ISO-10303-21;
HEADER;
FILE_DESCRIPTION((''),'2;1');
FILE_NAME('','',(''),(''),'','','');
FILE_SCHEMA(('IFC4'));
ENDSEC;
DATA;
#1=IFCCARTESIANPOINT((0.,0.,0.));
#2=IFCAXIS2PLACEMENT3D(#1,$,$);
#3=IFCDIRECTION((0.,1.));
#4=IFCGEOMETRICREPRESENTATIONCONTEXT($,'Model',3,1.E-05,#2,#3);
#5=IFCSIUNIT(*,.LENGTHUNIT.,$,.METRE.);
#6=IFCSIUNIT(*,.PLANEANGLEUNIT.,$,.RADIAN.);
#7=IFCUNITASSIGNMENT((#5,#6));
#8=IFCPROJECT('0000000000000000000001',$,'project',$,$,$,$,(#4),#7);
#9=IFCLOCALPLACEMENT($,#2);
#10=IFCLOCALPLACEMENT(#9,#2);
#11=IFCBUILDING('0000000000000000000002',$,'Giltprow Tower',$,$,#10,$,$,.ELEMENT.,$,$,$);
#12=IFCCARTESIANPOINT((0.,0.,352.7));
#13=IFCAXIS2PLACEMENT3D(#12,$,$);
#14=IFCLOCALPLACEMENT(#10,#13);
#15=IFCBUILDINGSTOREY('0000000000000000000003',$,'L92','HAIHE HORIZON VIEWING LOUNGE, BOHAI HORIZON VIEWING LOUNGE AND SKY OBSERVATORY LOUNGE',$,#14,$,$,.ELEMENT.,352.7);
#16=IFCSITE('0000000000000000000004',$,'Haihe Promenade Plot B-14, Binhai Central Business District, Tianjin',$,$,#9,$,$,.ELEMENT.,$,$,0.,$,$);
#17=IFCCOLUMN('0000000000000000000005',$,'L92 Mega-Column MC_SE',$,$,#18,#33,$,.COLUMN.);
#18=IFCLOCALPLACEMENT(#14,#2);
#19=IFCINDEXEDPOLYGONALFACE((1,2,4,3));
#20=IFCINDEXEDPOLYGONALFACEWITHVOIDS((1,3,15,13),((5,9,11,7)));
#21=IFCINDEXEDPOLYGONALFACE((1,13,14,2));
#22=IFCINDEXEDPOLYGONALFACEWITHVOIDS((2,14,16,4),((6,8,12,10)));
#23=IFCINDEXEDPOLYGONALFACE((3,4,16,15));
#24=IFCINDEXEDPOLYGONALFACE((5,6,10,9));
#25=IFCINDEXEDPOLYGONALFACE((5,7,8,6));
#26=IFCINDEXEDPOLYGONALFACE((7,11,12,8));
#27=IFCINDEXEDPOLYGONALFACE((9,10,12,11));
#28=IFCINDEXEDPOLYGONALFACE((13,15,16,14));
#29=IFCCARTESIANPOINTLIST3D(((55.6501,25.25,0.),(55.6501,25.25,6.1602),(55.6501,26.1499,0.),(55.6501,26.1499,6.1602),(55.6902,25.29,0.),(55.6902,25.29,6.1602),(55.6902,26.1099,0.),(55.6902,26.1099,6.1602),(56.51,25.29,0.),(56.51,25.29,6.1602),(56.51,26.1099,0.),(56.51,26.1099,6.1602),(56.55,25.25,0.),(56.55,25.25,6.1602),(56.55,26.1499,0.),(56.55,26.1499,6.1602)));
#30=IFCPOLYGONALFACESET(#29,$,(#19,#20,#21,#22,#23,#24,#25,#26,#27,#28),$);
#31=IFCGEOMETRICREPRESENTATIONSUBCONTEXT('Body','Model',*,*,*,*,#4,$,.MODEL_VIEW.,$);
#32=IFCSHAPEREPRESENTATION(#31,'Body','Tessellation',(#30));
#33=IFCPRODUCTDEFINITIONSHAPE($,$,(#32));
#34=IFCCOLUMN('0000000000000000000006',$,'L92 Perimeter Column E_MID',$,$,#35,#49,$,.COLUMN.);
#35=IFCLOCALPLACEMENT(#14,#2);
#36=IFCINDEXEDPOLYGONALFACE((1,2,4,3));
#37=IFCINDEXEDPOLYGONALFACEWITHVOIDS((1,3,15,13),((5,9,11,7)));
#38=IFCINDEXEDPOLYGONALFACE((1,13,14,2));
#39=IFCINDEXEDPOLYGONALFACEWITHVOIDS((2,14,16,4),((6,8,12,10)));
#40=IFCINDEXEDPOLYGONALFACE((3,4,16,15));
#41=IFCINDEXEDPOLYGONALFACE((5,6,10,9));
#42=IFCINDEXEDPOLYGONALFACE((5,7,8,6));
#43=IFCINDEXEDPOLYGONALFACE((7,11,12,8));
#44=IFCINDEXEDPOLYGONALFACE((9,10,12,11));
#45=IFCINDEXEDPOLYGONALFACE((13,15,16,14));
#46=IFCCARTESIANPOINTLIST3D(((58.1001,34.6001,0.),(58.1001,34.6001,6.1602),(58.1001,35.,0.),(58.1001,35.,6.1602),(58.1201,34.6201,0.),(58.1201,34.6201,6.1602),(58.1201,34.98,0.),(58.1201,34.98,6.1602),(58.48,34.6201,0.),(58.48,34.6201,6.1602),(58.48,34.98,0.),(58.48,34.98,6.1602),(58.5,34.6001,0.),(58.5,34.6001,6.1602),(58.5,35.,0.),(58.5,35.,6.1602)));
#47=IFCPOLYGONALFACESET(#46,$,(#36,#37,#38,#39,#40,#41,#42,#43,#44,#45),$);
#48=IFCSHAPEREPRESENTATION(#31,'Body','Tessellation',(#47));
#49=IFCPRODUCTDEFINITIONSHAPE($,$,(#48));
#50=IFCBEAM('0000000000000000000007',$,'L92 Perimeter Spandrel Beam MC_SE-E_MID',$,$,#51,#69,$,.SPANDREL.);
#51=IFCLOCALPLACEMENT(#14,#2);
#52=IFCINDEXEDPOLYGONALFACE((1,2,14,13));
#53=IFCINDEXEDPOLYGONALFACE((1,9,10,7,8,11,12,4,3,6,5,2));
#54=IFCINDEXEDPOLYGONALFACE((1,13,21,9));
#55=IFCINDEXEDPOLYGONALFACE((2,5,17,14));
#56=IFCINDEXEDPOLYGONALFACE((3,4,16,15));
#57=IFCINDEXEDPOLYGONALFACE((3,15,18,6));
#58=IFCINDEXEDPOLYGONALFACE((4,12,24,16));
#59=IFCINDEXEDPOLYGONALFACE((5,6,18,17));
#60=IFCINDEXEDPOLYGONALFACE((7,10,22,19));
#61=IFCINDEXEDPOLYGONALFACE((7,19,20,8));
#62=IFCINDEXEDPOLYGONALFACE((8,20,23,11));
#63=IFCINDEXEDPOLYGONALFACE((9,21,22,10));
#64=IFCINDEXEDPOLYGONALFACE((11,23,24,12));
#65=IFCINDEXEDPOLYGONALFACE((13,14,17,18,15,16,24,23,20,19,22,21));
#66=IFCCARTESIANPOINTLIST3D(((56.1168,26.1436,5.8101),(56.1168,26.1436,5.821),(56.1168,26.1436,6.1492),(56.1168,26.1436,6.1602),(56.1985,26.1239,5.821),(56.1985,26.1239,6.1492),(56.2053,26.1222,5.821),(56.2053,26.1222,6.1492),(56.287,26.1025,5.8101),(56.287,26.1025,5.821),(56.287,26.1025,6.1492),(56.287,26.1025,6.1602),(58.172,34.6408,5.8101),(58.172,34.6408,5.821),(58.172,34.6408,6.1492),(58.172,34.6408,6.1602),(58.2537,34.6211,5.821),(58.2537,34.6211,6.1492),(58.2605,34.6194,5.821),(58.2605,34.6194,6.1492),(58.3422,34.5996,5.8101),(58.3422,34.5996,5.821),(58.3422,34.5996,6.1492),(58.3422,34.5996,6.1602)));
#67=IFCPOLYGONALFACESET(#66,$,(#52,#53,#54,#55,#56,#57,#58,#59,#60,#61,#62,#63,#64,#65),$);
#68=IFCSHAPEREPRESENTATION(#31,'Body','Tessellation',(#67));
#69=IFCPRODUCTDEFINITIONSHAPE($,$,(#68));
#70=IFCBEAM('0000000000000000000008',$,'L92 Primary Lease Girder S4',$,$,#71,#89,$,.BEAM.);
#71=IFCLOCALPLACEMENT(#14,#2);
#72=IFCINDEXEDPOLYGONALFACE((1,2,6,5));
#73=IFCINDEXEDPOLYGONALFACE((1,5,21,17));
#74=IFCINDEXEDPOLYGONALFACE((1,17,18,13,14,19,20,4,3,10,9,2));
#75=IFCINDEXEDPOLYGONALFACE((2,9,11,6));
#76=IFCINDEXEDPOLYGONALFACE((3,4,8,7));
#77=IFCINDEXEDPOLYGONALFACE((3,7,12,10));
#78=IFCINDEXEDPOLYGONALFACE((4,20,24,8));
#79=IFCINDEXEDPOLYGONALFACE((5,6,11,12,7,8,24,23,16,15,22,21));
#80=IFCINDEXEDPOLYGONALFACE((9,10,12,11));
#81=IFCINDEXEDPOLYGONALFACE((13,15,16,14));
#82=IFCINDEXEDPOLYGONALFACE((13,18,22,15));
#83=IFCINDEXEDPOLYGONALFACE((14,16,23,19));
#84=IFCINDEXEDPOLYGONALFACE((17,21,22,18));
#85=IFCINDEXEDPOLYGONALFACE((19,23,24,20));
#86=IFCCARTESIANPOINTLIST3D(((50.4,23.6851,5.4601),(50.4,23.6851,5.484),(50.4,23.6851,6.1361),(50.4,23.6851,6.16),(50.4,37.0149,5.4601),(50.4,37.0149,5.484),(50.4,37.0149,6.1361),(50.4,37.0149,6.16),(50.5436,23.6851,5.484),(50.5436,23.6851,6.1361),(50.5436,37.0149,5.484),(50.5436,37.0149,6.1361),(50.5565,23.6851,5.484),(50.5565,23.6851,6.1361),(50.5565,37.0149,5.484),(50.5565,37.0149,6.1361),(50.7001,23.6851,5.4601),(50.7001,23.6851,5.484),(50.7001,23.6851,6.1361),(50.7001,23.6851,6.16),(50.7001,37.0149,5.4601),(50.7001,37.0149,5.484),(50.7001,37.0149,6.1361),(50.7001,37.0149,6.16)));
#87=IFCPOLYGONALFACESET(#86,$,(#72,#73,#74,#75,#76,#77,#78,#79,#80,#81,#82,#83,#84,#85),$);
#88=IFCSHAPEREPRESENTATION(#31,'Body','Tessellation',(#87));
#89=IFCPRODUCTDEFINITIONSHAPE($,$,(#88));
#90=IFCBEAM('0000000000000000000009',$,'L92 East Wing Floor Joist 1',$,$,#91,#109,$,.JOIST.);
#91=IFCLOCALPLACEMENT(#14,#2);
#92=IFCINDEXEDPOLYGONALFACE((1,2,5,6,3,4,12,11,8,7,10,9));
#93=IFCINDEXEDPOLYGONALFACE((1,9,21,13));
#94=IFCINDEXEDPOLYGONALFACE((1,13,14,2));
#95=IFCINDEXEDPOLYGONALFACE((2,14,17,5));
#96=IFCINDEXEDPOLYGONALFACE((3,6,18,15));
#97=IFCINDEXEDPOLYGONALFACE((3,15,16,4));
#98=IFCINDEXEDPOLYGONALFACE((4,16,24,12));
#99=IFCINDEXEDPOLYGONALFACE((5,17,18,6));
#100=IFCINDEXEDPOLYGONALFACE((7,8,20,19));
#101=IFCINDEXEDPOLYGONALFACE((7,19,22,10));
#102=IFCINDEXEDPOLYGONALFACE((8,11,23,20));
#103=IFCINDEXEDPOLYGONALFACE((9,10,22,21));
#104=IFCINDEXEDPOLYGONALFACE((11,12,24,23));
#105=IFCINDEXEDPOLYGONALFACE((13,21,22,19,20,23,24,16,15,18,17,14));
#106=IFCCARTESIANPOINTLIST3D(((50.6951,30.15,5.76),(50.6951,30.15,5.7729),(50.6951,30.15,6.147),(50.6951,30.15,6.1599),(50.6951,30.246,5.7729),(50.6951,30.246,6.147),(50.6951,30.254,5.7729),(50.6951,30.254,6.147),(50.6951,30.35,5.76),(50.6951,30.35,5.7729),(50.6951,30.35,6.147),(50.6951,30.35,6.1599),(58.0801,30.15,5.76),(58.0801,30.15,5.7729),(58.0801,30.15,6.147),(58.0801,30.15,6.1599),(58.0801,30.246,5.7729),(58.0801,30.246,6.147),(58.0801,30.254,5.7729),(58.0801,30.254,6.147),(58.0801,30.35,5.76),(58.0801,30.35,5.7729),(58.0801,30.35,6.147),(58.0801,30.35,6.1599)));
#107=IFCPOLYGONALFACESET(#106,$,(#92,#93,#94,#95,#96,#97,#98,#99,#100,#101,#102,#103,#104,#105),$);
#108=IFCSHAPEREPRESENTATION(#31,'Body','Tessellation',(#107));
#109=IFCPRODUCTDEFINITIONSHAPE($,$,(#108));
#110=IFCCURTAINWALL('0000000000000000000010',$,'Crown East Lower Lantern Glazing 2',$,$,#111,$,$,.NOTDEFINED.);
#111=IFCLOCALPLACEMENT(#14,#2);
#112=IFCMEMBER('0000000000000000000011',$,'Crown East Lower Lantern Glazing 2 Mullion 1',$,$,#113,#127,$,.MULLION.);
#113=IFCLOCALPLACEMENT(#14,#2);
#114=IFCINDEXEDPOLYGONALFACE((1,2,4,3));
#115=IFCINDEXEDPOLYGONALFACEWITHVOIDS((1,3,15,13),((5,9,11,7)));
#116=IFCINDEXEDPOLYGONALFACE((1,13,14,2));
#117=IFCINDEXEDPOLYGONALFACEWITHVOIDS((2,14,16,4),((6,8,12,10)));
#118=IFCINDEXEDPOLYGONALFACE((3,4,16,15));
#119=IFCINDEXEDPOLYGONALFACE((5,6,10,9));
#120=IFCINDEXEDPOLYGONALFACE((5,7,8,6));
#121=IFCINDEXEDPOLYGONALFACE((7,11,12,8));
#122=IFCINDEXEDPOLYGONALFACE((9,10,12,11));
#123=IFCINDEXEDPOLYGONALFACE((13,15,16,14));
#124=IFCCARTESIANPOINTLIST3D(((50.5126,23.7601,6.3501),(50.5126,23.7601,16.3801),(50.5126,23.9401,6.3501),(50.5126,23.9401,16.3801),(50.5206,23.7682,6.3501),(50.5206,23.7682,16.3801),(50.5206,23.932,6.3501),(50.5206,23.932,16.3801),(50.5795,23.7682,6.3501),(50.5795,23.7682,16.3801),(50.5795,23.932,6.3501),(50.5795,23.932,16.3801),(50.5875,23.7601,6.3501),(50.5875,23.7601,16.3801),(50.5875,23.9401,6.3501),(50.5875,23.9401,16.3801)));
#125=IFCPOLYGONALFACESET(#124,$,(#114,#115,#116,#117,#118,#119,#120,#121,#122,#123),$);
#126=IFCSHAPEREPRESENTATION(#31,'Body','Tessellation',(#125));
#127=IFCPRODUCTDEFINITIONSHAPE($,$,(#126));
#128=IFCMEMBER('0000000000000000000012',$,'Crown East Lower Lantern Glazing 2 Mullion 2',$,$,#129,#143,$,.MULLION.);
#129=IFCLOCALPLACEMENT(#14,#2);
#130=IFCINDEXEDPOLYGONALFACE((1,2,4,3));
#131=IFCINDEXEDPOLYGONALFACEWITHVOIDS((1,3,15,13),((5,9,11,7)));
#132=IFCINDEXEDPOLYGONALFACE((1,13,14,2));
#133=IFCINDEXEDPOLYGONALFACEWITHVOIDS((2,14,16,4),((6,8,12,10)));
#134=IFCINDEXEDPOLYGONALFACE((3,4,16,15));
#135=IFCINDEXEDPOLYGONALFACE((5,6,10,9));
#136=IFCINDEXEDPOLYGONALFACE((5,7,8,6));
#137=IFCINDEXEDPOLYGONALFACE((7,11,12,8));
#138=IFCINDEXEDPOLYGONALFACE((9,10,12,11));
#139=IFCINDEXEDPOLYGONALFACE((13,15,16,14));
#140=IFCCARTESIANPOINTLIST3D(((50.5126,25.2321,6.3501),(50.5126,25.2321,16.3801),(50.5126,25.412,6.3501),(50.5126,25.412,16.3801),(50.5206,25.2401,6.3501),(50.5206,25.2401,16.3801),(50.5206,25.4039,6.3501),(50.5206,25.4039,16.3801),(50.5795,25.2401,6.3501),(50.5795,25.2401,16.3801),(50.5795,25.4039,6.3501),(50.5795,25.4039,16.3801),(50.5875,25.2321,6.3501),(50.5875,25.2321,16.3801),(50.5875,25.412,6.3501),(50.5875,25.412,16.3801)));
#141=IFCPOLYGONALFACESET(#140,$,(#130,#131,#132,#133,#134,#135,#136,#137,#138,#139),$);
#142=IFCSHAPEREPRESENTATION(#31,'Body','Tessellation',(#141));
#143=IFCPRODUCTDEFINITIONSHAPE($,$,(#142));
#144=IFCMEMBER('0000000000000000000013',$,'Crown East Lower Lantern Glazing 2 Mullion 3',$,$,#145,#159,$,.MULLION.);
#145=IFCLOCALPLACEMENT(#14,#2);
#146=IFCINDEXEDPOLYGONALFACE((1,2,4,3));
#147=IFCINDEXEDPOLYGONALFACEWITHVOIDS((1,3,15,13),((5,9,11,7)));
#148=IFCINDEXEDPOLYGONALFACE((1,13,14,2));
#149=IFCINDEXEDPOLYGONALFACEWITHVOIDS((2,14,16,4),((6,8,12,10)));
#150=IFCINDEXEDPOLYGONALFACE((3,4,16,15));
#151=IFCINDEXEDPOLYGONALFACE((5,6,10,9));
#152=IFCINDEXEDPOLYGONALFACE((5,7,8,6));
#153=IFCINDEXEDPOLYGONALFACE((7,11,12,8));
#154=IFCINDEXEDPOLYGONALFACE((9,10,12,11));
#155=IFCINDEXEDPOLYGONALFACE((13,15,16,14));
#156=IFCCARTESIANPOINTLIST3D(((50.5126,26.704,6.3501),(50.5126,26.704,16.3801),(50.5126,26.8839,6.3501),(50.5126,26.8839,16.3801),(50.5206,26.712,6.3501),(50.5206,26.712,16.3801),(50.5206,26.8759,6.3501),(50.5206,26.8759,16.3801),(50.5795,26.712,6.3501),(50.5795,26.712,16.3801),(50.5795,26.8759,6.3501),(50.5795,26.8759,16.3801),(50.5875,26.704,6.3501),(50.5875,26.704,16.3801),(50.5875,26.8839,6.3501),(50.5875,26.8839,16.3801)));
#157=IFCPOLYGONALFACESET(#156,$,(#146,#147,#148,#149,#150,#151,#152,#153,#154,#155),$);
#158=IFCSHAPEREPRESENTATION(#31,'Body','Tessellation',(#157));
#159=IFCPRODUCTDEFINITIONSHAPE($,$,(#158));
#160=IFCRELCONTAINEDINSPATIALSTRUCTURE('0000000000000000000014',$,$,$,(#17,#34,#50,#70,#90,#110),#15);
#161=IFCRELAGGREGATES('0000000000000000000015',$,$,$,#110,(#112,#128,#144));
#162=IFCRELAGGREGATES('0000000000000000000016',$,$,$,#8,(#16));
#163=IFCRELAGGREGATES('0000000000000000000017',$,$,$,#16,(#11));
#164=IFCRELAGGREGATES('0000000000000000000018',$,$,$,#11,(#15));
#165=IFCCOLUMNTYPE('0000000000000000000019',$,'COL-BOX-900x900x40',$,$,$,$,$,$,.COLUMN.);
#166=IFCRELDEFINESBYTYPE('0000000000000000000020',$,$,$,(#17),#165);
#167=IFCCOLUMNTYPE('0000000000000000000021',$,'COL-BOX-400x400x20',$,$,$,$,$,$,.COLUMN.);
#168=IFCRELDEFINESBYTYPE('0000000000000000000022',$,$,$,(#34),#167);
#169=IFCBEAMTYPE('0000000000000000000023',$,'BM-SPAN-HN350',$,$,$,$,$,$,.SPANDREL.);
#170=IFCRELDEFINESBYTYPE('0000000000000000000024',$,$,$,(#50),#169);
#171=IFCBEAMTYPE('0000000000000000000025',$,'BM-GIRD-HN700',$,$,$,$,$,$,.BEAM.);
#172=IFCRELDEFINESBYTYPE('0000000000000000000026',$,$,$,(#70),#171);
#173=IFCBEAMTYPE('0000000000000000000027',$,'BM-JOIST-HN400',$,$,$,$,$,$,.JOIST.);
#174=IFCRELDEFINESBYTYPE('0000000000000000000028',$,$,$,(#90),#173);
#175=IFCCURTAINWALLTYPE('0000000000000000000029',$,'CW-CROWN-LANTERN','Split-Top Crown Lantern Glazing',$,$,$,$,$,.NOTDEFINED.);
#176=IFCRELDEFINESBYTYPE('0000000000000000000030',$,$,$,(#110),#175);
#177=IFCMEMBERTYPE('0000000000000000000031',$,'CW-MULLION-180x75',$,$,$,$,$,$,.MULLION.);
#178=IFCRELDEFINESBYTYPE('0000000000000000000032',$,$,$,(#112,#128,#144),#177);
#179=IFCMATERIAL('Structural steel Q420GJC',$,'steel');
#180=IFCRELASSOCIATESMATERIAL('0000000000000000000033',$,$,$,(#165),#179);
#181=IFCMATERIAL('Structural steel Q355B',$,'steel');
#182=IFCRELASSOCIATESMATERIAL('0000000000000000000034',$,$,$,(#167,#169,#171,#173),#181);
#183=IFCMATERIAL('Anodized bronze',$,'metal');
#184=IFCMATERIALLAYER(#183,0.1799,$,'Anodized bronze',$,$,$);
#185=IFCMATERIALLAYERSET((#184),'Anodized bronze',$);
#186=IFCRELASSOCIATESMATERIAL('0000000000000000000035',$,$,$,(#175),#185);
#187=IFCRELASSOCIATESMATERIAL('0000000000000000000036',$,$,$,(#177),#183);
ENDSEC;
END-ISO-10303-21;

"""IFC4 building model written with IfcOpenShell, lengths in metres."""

from ifc_helpers import new_model, si_unit, direction, frame, origin, origin_2d, place, context, subcontext, project, spatial, hollow_rectangle, i_section, extrude, source, transform, mapped, material, layer, layer_set, material_profile, profile_set, type_object, element, aggregate, save


model = new_model("IFC4")

# Units and contexts
model_context = context("Model", 3, precision=1e-05, world=origin(), true_north=direction((0.0, 1.0)))
body_context = subcontext(model_context, "Body", "Model", "MODEL_VIEW")
ifc_project = project(units=[si_unit("LENGTHUNIT", "METRE"), si_unit("PLANEANGLEUNIT", "RADIAN")], contexts=[model_context])

# Site, building, storey
site_placement = place(None, origin())
site = spatial("IfcSite", under=ifc_project, at=site_placement, Name="Haihe Promenade Plot B-14, Binhai Central Business District, Tianjin", CompositionType="ELEMENT", RefElevation=0.0)
building_placement = place(site_placement, origin())
building = spatial("IfcBuilding", under=site, at=building_placement, Name="Giltprow Tower", CompositionType="ELEMENT")
storey_placement = place(building_placement, frame((0.0, 0.0, 352.7)))
storey = spatial("IfcBuildingStorey", under=building, at=storey_placement, Name="L92", Description="HAIHE HORIZON VIEWING LOUNGE, BOHAI HORIZON VIEWING LOUNGE AND SKY OBSERVATORY LOUNGE", CompositionType="ELEMENT", Elevation=352.7)

# Columns
ifc_material_1 = material(Name="Structural steel Q420GJC", Category="steel")
ifc_material_profile_1 = material_profile(ifc_material_1, hollow_rectangle(XDim=0.8999, YDim=0.8999, WallThickness=0.04, at=origin_2d()), Name="BOX 900x900x40")
ifc_profile_set_1 = profile_set([ifc_material_profile_1], Name="Structural steel Q420GJC")
column_type_1 = type_object("IfcColumnType", Name="COL-BOX-900x900x40", PredefinedType="COLUMN", material=ifc_profile_set_1)
shared_shape_1 = source(origin(), body_context, "Body", "SweptSolid", [
    extrude(hollow_rectangle(XDim=0.8999, YDim=0.8999, WallThickness=0.04, at=origin_2d()), origin(), (0.0, 0.0, 1.0), 6.1602),
])
column_1_placement = place(storey_placement, frame((56.1001, 25.7, 0.0), z_axis=(0.0, 0.0, 1.0), x_axis=(1.0, 0.0, 0.0)))
element("IfcColumn", 1, at=column_1_placement, inside=storey, type_object=column_type_1, Name="L92 Mega-Column MC_SE", PredefinedType="COLUMN", context=body_context, shape_type="MappedRepresentation", body=[
    mapped(shared_shape_1, transform((0.0, 0.0, 0.0), x_axis=(1.0, 0.0, 0.0), y_axis=(0.0, 1.0, 0.0), z_axis=(0.0, 0.0, 1.0), scale=1.0)),
])
ifc_material_2 = material(Name="Structural steel Q355B", Category="steel")
ifc_material_profile_2 = material_profile(ifc_material_2, hollow_rectangle(XDim=0.3999, YDim=0.3999, WallThickness=0.02, at=origin_2d()), Name="BOX 400x400x20")
ifc_profile_set_2 = profile_set([ifc_material_profile_2], Name="Structural steel Q355B")
column_type_2 = type_object("IfcColumnType", Name="COL-BOX-400x400x20", PredefinedType="COLUMN", material=ifc_profile_set_2)
shared_shape_2 = source(origin(), body_context, "Body", "SweptSolid", [
    extrude(hollow_rectangle(XDim=0.3999, YDim=0.3999, WallThickness=0.02, at=origin_2d()), origin(), (0.0, 0.0, 1.0), 6.1602),
])
column_2_placement = place(storey_placement, frame((58.3, 34.8, 0.0), z_axis=(0.0, 0.0, 1.0), x_axis=(1.0, 0.0, 0.0)))
element("IfcColumn", 2, at=column_2_placement, inside=storey, type_object=column_type_2, Name="L92 Perimeter Column E_MID", PredefinedType="COLUMN", context=body_context, shape_type="MappedRepresentation", body=[
    mapped(shared_shape_2, transform((0.0, 0.0, 0.0), x_axis=(1.0, 0.0, 0.0), y_axis=(0.0, 1.0, 0.0), z_axis=(0.0, 0.0, 1.0), scale=1.0)),
])

# Beams
ifc_material_profile_3 = material_profile(ifc_material_2, i_section(OverallWidth=0.175, OverallDepth=0.3501, WebThickness=0.0071, FlangeThickness=0.011, at=origin_2d()), Name="HN 350x175x7x11")
ifc_profile_set_3 = profile_set([ifc_material_profile_3], Name="Structural steel Q355B")
beam_type_1 = type_object("IfcBeamType", Name="BM-SPAN-HN350", PredefinedType="SPANDREL", material=ifc_profile_set_3)
shared_shape_3 = source(origin(), body_context, "Body", "SweptSolid", [
    extrude(i_section(OverallWidth=0.175, OverallDepth=0.3501, WebThickness=0.0071, FlangeThickness=0.011, at=origin_2d()), origin(), (0.0, 0.0, 1.0), 8.7422),
])
beam_1_placement = place(storey_placement, frame((56.2019, 26.123, 5.9851), z_axis=(0.23509, 0.971974, 0.0), x_axis=(-0.971974, 0.23509, 0.0)))
element("IfcBeam", 3, at=beam_1_placement, inside=storey, type_object=beam_type_1, Name="L92 Perimeter Spandrel Beam MC_SE-E_MID", PredefinedType="SPANDREL", context=body_context, shape_type="MappedRepresentation", body=[
    mapped(shared_shape_3, transform((0.0, 0.0, 0.0), x_axis=(1.0, 0.0, 0.0), y_axis=(0.0, 1.0, 0.0), z_axis=(0.0, 0.0, 1.0), scale=1.0)),
])
ifc_material_profile_4 = material_profile(ifc_material_2, i_section(OverallWidth=0.3, OverallDepth=0.7, WebThickness=0.0129, FlangeThickness=0.0239, at=origin_2d()), Name="HN 700x300x13x24")
ifc_profile_set_4 = profile_set([ifc_material_profile_4], Name="Structural steel Q355B")
beam_type_2 = type_object("IfcBeamType", Name="BM-GIRD-HN700", PredefinedType="BEAM", material=ifc_profile_set_4)
shared_shape_4 = source(origin(), body_context, "Body", "SweptSolid", [
    extrude(i_section(OverallWidth=0.3, OverallDepth=0.7, WebThickness=0.0129, FlangeThickness=0.0239, at=origin_2d()), origin(), (0.0, 0.0, 1.0), 13.3298),
])
beam_2_placement = place(storey_placement, frame((50.55, 23.6851, 5.8101), z_axis=(0.0, 1.0, 0.0), x_axis=(-1.0, 0.0, 0.0)))
element("IfcBeam", 4, at=beam_2_placement, inside=storey, type_object=beam_type_2, Name="L92 Primary Lease Girder S4", PredefinedType="BEAM", context=body_context, shape_type="MappedRepresentation", body=[
    mapped(shared_shape_4, transform((0.0, 0.0, 0.0), x_axis=(1.0, 0.0, 0.0), y_axis=(0.0, 1.0, 0.0), z_axis=(0.0, 0.0, 1.0), scale=1.0)),
])
ifc_material_profile_5 = material_profile(ifc_material_2, i_section(OverallWidth=0.2, OverallDepth=0.3999, WebThickness=0.0081, FlangeThickness=0.0129, at=origin_2d()), Name="HN 400x200x8x13")
ifc_profile_set_5 = profile_set([ifc_material_profile_5], Name="Structural steel Q355B")
beam_type_3 = type_object("IfcBeamType", Name="BM-JOIST-HN400", PredefinedType="JOIST", material=ifc_profile_set_5)
shared_shape_5 = source(origin(), body_context, "Body", "SweptSolid", [
    extrude(i_section(OverallWidth=0.2, OverallDepth=0.3999, WebThickness=0.0081, FlangeThickness=0.0129, at=origin_2d()), origin(), (0.0, 0.0, 1.0), 7.385),
])
beam_3_placement = place(storey_placement, frame((50.6951, 30.25, 5.96), z_axis=(1.0, 0.0, 0.0), x_axis=(0.0, 1.0, 0.0)))
element("IfcBeam", 5, at=beam_3_placement, inside=storey, type_object=beam_type_3, Name="L92 East Wing Floor Joist 1", PredefinedType="JOIST", context=body_context, shape_type="MappedRepresentation", body=[
    mapped(shared_shape_5, transform((0.0, 0.0, 0.0), x_axis=(1.0, 0.0, 0.0), y_axis=(0.0, 1.0, 0.0), z_axis=(0.0, 0.0, 1.0), scale=1.0)),
])

# Curtain wall, members
ifc_material_3 = material(Name="Anodized bronze", Category="metal")
ifc_layer_1 = layer(ifc_material_3, 0.1799, Name="Anodized bronze")
ifc_layer_set_1 = layer_set([ifc_layer_1], Name="Anodized bronze")
curtain_wall_type = type_object("IfcCurtainWallType", Name="CW-CROWN-LANTERN", Description="Split-Top Crown Lantern Glazing", PredefinedType="NOTDEFINED", material=ifc_layer_set_1)
curtain_wall_placement = place(storey_placement, origin())
curtain_wall = element("IfcCurtainWall", 6, at=curtain_wall_placement, inside=storey, type_object=curtain_wall_type, Name="Crown East Lower Lantern Glazing 2", PredefinedType="NOTDEFINED")
ifc_material_profile_6 = material_profile(ifc_material_3, hollow_rectangle(XDim=0.075, YDim=0.1799, WallThickness=0.0081, at=origin_2d()), Name="RHS 180x75x8")
ifc_profile_set_6 = profile_set([ifc_material_profile_6], Name="Anodized bronze")
member_type_1 = type_object("IfcMemberType", Name="CW-MULLION-180x75", PredefinedType="MULLION", material=ifc_profile_set_6)
shared_shape_6 = source(origin(), body_context, "Body", "SweptSolid", [
    extrude(hollow_rectangle(XDim=0.075, YDim=0.1799, WallThickness=0.0081, at=origin_2d()), origin(), (0.0, 0.0, 1.0), 10.03),
])
member_1_placement = place(storey_placement, frame((50.55, 23.8501, 6.3501), z_axis=(0.0, 0.0, 1.0), x_axis=(1.0, 0.0, 0.0)))
member_1 = element("IfcMember", 7, at=member_1_placement, type_object=member_type_1, Name="Crown East Lower Lantern Glazing 2 Mullion 1", PredefinedType="MULLION", context=body_context, shape_type="MappedRepresentation", body=[
    mapped(shared_shape_6, transform((0.0, 0.0, 0.0), x_axis=(1.0, 0.0, 0.0), y_axis=(0.0, 1.0, 0.0), z_axis=(0.0, 0.0, 1.0), scale=1.0)),
])
member_2_placement = place(storey_placement, frame((50.55, 25.322, 6.3501), z_axis=(0.0, 0.0, 1.0), x_axis=(1.0, 0.0, 0.0)))
member_2 = element("IfcMember", 8, at=member_2_placement, type_object=member_type_1, Name="Crown East Lower Lantern Glazing 2 Mullion 2", PredefinedType="MULLION", context=body_context, shape_type="MappedRepresentation", body=[
    mapped(shared_shape_6, transform((0.0, 0.0, 0.0), x_axis=(1.0, 0.0, 0.0), y_axis=(0.0, 1.0, 0.0), z_axis=(0.0, 0.0, 1.0), scale=1.0)),
])
member_3_placement = place(storey_placement, frame((50.55, 26.7939, 6.3501), z_axis=(0.0, 0.0, 1.0), x_axis=(1.0, 0.0, 0.0)))
member_3 = element("IfcMember", 9, at=member_3_placement, type_object=member_type_1, Name="Crown East Lower Lantern Glazing 2 Mullion 3", PredefinedType="MULLION", context=body_context, shape_type="MappedRepresentation", body=[
    mapped(shared_shape_6, transform((0.0, 0.0, 0.0), x_axis=(1.0, 0.0, 0.0), y_axis=(0.0, 1.0, 0.0), z_axis=(0.0, 0.0, 1.0), scale=1.0)),
])

aggregate(curtain_wall, [member_1, member_2, member_3])

save(model, "model.ifc")
